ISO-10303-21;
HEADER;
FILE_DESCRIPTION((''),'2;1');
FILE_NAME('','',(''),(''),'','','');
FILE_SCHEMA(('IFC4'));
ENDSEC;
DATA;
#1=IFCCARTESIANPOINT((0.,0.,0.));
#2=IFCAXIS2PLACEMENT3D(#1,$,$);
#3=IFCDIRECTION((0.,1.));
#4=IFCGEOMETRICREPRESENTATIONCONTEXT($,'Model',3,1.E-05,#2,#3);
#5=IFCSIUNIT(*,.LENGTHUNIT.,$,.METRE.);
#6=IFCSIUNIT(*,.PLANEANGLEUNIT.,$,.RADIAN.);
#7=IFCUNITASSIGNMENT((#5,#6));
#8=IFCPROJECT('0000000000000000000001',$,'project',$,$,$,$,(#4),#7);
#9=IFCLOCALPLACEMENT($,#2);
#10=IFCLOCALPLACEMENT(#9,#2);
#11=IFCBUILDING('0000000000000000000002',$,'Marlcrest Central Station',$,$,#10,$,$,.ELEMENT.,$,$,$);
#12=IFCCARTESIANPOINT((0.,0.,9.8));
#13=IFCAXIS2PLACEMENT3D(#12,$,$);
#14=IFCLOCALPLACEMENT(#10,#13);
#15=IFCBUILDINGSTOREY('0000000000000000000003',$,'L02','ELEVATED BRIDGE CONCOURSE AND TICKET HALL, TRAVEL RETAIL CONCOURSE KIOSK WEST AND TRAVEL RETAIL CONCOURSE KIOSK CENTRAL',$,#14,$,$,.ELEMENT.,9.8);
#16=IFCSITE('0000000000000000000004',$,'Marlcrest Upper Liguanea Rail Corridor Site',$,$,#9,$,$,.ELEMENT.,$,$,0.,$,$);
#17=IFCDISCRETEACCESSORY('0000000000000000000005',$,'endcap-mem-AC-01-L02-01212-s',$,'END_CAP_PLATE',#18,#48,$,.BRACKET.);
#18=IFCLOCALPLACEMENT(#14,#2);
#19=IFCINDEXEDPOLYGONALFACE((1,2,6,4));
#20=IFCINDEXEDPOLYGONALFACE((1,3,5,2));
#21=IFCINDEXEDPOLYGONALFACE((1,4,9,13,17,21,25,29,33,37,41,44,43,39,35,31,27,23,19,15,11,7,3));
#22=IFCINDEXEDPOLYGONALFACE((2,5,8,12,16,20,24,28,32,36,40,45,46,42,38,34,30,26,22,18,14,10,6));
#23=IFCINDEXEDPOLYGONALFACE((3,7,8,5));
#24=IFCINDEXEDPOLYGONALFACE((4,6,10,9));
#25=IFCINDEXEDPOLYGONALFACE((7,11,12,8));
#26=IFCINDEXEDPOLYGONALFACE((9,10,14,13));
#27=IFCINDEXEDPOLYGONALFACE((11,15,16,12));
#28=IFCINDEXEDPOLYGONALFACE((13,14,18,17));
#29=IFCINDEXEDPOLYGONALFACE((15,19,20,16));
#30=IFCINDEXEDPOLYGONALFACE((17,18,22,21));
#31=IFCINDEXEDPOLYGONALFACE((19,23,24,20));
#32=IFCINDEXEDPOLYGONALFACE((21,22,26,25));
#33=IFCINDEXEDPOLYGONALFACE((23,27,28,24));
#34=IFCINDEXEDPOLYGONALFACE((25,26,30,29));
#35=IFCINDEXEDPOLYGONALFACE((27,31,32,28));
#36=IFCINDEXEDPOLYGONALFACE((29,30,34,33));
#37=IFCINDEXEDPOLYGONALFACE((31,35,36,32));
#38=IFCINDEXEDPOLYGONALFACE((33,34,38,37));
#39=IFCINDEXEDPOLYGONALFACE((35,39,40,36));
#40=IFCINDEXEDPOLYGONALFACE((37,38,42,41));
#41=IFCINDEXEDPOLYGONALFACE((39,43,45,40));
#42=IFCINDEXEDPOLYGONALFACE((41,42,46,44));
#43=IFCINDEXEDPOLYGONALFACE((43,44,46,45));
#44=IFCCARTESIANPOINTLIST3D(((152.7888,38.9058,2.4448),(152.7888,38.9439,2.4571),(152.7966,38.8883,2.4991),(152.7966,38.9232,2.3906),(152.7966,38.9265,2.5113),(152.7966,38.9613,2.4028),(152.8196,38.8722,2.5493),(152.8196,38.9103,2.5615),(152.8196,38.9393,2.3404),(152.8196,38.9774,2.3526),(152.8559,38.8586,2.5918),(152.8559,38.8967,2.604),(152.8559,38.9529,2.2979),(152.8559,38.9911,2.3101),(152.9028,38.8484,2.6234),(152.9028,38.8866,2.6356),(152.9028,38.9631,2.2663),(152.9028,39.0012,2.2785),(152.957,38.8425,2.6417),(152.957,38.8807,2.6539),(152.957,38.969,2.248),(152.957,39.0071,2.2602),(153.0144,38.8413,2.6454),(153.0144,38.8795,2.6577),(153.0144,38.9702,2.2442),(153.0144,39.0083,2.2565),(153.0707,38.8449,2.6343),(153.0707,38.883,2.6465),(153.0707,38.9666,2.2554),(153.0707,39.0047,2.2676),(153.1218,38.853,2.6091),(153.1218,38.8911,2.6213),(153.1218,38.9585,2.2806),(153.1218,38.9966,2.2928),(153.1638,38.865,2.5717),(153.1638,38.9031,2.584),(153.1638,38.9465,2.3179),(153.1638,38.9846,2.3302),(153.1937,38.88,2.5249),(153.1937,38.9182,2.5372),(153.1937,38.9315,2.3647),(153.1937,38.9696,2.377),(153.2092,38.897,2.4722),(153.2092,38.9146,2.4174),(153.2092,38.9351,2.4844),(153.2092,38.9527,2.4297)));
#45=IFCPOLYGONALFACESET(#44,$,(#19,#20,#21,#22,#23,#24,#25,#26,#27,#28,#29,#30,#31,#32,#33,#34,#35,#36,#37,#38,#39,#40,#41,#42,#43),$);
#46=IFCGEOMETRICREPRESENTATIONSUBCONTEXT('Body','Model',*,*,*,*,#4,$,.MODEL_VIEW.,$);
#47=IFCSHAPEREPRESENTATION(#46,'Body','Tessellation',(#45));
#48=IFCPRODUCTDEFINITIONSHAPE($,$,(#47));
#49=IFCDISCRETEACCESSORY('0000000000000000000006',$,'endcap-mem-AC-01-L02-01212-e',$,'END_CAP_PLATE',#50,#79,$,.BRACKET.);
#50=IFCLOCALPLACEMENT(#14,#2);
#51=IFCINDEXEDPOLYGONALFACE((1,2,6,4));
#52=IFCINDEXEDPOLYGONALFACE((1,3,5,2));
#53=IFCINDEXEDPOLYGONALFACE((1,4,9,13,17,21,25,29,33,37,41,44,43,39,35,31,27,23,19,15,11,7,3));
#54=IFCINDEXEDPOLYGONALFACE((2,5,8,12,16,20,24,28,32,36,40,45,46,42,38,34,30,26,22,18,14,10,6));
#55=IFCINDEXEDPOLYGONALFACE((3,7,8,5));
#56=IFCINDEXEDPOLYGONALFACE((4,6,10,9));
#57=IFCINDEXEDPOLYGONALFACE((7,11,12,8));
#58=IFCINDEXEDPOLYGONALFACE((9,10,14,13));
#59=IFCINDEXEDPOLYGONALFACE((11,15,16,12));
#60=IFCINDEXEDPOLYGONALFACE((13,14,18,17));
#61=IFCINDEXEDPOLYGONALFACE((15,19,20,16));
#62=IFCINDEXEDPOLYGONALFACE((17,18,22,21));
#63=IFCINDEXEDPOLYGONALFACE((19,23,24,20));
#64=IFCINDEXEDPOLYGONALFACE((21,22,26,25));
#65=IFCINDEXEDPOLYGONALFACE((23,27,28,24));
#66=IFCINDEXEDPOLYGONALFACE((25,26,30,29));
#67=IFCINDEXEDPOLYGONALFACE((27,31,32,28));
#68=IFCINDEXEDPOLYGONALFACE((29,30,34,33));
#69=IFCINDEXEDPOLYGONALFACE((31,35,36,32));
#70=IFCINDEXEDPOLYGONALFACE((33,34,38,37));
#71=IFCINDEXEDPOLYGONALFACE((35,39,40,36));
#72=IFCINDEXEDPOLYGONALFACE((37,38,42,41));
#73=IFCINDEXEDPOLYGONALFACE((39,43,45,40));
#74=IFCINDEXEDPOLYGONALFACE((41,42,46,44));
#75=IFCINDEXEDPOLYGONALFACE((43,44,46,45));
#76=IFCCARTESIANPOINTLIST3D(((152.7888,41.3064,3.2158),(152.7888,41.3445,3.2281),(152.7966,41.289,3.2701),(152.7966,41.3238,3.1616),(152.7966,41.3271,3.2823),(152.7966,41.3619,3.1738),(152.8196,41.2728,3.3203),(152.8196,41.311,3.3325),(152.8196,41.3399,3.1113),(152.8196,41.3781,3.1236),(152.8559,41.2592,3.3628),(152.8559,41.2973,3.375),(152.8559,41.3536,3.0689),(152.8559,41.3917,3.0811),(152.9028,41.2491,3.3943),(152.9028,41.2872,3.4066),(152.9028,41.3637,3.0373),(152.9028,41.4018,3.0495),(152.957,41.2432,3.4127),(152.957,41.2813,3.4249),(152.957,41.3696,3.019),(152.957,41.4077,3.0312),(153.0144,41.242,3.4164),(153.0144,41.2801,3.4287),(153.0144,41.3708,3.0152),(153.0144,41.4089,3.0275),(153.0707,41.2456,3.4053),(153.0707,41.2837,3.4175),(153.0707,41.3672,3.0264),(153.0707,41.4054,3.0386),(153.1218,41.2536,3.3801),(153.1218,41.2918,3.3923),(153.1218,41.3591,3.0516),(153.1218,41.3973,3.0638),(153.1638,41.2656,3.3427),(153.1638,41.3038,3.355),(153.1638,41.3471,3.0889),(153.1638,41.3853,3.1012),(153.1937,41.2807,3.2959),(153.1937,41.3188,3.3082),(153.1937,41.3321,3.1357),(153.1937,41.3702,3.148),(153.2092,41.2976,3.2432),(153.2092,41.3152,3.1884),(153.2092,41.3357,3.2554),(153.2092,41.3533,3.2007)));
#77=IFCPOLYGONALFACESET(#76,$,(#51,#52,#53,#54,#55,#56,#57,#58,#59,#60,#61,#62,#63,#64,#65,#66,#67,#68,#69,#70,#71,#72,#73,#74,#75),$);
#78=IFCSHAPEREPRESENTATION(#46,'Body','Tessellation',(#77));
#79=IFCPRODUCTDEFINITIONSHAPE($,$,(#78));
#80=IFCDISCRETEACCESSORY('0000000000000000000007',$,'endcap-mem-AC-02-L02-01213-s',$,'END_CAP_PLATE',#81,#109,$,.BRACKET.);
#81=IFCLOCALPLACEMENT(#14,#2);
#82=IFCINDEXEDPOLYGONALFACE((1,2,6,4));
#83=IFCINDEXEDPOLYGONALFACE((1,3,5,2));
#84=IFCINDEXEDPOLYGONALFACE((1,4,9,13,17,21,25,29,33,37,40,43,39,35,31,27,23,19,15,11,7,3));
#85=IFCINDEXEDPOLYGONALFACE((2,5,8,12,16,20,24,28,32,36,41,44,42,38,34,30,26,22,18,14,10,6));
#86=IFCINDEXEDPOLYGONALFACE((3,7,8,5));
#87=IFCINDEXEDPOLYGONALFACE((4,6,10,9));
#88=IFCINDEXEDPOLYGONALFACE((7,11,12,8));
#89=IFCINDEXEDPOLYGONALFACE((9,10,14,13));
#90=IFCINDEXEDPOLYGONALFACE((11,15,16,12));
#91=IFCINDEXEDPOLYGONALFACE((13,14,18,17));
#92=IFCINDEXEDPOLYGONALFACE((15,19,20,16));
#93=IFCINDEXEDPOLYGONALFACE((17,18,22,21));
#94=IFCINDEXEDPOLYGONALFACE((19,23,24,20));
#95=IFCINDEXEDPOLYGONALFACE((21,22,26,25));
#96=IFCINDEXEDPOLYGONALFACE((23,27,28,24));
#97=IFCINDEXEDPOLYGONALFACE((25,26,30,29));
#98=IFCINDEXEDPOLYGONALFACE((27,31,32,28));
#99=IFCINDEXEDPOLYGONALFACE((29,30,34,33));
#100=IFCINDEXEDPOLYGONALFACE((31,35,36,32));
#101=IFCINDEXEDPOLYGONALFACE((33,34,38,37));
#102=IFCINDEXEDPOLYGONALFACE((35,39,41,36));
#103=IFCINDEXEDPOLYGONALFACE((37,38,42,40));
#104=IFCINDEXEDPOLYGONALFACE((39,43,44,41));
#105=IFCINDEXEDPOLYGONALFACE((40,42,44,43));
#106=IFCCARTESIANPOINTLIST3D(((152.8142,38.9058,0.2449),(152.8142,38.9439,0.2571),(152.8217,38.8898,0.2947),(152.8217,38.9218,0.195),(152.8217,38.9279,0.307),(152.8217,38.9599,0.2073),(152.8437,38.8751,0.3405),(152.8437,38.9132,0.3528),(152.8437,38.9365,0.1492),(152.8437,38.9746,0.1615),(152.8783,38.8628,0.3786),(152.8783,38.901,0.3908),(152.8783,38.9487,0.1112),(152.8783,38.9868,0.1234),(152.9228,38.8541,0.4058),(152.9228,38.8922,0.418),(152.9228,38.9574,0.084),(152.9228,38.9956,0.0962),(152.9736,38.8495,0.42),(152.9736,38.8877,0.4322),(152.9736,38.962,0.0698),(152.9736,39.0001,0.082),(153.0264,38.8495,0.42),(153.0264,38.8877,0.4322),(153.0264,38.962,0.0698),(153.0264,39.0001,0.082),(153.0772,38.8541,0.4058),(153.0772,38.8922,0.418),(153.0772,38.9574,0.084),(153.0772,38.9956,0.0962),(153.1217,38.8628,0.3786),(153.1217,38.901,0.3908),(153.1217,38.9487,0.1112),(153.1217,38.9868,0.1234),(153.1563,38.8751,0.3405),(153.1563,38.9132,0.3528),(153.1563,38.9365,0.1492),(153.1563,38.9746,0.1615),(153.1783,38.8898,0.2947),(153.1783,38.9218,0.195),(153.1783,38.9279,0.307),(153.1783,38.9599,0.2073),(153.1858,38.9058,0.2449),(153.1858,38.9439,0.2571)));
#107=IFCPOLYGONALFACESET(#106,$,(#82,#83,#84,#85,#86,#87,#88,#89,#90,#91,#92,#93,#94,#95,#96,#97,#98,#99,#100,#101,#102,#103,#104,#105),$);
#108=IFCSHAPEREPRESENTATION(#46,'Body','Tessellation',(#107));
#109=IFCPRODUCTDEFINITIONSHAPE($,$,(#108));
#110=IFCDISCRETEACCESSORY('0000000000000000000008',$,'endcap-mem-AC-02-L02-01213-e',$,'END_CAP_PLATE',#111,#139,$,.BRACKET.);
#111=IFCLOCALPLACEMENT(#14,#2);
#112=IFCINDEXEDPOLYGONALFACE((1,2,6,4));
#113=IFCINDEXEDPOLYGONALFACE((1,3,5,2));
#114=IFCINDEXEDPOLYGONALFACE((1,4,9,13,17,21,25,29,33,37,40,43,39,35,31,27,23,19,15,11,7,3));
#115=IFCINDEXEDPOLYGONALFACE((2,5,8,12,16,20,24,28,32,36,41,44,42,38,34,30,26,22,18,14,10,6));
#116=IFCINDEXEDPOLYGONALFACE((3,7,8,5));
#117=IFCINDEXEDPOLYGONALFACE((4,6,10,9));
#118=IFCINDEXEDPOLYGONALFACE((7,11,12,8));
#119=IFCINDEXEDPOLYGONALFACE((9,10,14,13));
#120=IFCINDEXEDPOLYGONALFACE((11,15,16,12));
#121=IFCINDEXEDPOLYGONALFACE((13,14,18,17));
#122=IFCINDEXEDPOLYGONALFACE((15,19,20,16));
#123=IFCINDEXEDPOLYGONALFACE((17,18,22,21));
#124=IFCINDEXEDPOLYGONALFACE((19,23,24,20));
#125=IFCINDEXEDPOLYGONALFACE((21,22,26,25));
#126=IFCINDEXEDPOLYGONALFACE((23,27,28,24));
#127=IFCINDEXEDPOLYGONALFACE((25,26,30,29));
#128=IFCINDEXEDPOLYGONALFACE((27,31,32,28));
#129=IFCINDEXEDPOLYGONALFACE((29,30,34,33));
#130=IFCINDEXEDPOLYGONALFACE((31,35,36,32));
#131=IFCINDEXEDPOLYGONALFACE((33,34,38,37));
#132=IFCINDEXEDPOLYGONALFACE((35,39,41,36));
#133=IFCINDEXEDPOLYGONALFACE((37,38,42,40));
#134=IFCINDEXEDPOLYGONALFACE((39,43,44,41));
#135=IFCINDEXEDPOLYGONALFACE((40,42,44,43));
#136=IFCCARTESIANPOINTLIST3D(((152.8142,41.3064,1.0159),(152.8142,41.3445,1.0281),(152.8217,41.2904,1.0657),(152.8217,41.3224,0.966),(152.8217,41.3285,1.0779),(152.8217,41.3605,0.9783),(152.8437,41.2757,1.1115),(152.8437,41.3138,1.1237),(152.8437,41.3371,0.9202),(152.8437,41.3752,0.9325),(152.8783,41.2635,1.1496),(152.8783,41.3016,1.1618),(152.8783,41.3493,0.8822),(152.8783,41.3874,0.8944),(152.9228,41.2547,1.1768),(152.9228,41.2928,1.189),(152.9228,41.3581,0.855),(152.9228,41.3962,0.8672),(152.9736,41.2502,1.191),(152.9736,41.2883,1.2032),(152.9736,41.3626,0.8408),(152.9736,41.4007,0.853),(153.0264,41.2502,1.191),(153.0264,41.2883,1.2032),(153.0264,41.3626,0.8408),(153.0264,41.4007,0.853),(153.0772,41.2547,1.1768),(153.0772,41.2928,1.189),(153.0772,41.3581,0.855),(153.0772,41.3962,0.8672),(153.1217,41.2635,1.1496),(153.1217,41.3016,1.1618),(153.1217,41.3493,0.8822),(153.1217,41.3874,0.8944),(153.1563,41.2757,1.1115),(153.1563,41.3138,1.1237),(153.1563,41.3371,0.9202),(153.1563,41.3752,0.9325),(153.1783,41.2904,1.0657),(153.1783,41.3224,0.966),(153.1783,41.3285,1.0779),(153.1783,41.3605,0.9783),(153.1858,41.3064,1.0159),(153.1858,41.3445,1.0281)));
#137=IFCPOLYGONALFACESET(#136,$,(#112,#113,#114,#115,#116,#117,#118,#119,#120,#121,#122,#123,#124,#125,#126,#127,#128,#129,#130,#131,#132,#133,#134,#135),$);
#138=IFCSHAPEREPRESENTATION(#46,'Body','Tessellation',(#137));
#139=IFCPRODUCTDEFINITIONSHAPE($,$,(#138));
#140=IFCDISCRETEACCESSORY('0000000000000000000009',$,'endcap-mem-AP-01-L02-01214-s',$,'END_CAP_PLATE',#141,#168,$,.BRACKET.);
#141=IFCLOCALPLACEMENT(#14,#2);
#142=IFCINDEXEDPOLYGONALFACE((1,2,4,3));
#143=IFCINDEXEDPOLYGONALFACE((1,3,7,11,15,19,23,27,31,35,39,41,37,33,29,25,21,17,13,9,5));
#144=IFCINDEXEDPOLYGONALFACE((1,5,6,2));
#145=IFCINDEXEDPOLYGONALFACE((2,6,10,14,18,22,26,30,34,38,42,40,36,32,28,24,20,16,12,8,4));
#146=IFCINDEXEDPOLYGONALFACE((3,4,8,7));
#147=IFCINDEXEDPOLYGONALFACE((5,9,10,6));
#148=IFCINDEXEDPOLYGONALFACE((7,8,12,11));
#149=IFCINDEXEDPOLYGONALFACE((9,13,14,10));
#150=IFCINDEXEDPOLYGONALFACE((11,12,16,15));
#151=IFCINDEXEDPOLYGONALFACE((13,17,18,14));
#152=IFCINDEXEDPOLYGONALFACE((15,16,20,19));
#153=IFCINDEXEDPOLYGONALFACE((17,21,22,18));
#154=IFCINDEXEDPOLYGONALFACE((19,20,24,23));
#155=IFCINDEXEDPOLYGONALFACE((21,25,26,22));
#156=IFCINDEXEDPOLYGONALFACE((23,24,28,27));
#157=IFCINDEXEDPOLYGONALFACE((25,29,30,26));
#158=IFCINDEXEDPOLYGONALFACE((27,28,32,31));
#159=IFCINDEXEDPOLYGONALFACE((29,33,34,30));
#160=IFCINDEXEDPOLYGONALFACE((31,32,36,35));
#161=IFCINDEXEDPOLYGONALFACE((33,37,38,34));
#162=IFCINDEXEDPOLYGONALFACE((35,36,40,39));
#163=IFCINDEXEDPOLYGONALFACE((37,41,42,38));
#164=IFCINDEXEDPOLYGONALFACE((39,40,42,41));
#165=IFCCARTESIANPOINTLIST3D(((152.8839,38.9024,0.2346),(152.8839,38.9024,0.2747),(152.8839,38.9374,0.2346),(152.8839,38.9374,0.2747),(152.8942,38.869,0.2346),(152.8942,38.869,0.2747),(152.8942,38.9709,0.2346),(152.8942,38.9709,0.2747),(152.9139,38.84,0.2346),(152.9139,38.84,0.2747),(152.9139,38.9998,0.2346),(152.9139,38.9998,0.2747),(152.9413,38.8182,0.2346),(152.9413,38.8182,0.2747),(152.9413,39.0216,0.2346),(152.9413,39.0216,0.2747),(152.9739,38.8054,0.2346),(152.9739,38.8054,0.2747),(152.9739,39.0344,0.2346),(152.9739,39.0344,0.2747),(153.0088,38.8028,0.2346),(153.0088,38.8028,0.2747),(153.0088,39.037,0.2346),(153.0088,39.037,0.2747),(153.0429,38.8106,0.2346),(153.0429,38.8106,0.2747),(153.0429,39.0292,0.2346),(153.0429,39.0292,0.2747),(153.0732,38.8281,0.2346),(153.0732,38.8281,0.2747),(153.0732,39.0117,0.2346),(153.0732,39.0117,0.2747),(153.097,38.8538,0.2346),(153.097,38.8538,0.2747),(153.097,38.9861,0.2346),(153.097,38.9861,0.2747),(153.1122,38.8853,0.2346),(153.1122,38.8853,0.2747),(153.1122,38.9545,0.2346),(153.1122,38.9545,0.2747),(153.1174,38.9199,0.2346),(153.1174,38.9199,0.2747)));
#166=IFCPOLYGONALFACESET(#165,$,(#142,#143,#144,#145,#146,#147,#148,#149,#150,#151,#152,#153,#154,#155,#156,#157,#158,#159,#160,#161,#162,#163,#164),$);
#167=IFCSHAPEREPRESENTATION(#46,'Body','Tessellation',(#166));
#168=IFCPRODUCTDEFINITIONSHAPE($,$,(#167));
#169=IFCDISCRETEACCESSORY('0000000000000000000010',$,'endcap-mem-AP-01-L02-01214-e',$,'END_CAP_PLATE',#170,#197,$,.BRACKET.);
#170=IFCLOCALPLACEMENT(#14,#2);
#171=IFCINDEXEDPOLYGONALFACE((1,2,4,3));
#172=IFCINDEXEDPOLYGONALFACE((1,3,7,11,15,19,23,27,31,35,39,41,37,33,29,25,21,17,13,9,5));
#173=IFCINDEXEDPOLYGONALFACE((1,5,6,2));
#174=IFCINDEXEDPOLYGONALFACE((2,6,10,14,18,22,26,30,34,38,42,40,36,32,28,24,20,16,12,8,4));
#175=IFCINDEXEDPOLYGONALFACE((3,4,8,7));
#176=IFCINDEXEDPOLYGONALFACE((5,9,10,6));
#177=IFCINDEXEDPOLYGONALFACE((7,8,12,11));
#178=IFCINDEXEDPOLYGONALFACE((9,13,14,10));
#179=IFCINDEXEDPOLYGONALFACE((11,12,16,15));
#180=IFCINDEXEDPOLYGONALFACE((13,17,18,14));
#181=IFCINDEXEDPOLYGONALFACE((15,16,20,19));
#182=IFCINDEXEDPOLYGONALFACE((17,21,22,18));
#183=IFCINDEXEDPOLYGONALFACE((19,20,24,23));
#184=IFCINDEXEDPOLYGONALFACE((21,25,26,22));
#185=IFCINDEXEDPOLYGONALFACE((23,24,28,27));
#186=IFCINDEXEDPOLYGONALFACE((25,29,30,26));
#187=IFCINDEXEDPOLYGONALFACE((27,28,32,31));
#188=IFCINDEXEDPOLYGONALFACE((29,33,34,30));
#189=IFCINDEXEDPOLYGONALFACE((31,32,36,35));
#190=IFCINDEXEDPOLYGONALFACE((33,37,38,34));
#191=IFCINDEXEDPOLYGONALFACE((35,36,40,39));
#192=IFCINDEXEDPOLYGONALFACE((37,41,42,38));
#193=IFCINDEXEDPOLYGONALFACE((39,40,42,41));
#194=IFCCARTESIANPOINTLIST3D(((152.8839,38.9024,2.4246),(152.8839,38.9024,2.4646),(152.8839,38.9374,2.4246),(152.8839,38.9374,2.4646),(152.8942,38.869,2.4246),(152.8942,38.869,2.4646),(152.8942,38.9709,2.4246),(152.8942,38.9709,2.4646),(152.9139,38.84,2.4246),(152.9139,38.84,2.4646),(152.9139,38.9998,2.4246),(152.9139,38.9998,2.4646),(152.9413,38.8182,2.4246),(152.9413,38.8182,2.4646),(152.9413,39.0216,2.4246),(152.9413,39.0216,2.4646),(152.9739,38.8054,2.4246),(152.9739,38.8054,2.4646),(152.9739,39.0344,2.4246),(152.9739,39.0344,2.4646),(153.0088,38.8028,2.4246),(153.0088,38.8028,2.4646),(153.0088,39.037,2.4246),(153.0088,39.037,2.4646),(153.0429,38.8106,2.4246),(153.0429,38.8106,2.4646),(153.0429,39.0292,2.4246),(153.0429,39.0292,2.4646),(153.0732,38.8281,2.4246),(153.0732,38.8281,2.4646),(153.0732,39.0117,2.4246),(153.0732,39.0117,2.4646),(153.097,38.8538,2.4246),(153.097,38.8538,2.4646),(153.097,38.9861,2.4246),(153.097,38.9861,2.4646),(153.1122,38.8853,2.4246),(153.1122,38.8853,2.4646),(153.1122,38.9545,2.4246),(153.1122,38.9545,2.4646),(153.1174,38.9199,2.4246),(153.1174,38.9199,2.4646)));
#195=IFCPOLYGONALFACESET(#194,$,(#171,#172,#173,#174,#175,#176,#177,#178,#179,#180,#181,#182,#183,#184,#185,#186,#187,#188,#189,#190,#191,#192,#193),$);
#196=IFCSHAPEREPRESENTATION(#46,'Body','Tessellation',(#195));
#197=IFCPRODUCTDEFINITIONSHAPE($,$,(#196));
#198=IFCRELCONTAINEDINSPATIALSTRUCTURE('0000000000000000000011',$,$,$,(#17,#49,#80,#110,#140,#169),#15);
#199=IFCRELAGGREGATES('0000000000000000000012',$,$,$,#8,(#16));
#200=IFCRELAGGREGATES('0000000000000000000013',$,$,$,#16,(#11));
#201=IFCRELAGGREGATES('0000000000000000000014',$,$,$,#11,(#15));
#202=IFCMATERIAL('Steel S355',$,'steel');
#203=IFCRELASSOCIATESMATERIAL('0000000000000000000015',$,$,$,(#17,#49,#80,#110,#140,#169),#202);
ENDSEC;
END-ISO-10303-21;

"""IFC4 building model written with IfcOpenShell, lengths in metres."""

from ifc_helpers import new_model, si_unit, direction, frame, origin, origin_2d, place, context, subcontext, project, spatial, circle, extrude, material, element, save


model = new_model("IFC4")

# Units and contexts
model_context = context("Model", 3, precision=1e-05, world=origin(), true_north=direction((0.0, 1.0)))
body_context = subcontext(model_context, "Body", "Model", "MODEL_VIEW")
ifc_project = project(units=[si_unit("LENGTHUNIT", "METRE"), si_unit("PLANEANGLEUNIT", "RADIAN")], contexts=[model_context])

# Site, building, storey
site_placement = place(None, origin())
site = spatial("IfcSite", under=ifc_project, at=site_placement, Name="Marlcrest Upper Liguanea Rail Corridor Site", CompositionType="ELEMENT", RefElevation=0.0)
building_placement = place(site_placement, origin())
building = spatial("IfcBuilding", under=site, at=building_placement, Name="Marlcrest Central Station", CompositionType="ELEMENT")
storey_placement = place(building_placement, frame((0.0, 0.0, 9.8)))
storey = spatial("IfcBuildingStorey", under=building, at=storey_placement, Name="L02", Description="ELEVATED BRIDGE CONCOURSE AND TICKET HALL, TRAVEL RETAIL CONCOURSE KIOSK WEST AND TRAVEL RETAIL CONCOURSE KIOSK CENTRAL", CompositionType="ELEMENT", Elevation=9.8)

# Shared definitions
ifc_material_1 = material(Name="Steel S355", Category="steel")

# Discrete accessories
for number, where, z_axis, x_axis, name in (
    (1, (153.0, 38.9058, 2.4448), (0.0, 0.952117, 0.305734), (-1.0, 0.0, 0.0), "endcap-mem-AC-01-L02-01212-s"),
    (2, (153.0, 41.3064, 3.2158), (0.0, 0.952117, 0.305734), (-1.0, 0.0, 0.0), "endcap-mem-AC-01-L02-01212-e"),
):
    element("IfcDiscreteAccessory", number, at=place(storey_placement, frame(where, z_axis=z_axis, x_axis=x_axis)), inside=storey, material=ifc_material_1, Name=name, ObjectType="END_CAP_PLATE", PredefinedType="BRACKET", context=body_context, shape_type="SweptSolid", body=[
        extrude(circle(Radius=0.2112, at=origin_2d()), origin(), (0.0, 0.0, 1.0), 0.04),
    ])
for number, where, z_axis, x_axis, name in (
    (3, (153.0, 38.9058, 0.2449), (0.0, 0.952117, 0.305734), (-1.0, 0.0, 0.0), "endcap-mem-AC-02-L02-01213-s"),
    (4, (153.0, 41.3064, 1.0159), (0.0, 0.952117, 0.305734), (-1.0, 0.0, 0.0), "endcap-mem-AC-02-L02-01213-e"),
):
    element("IfcDiscreteAccessory", number, at=place(storey_placement, frame(where, z_axis=z_axis, x_axis=x_axis)), inside=storey, material=ifc_material_1, Name=name, ObjectType="END_CAP_PLATE", PredefinedType="BRACKET", context=body_context, shape_type="SweptSolid", body=[
        extrude(circle(Radius=0.1858, at=origin_2d()), origin(), (0.0, 0.0, 1.0), 0.04),
    ])
for number, where, z_axis, x_axis, name in (
    (5, (153.0, 38.9199, 0.2346), (0.0, 0.0, 1.0), (1.0, 0.0, 0.0), "endcap-mem-AP-01-L02-01214-s"),
    (6, (153.0, 38.9199, 2.4246), (0.0, 0.0, 1.0), (1.0, 0.0, 0.0), "endcap-mem-AP-01-L02-01214-e"),
):
    element("IfcDiscreteAccessory", number, at=place(storey_placement, frame(where, z_axis=z_axis, x_axis=x_axis)), inside=storey, material=ifc_material_1, Name=name, ObjectType="END_CAP_PLATE", PredefinedType="BRACKET", context=body_context, shape_type="SweptSolid", body=[
        extrude(circle(Radius=0.1174, at=origin_2d()), origin(), (0.0, 0.0, 1.0), 0.04),
    ])

save(model, "model.ifc")
